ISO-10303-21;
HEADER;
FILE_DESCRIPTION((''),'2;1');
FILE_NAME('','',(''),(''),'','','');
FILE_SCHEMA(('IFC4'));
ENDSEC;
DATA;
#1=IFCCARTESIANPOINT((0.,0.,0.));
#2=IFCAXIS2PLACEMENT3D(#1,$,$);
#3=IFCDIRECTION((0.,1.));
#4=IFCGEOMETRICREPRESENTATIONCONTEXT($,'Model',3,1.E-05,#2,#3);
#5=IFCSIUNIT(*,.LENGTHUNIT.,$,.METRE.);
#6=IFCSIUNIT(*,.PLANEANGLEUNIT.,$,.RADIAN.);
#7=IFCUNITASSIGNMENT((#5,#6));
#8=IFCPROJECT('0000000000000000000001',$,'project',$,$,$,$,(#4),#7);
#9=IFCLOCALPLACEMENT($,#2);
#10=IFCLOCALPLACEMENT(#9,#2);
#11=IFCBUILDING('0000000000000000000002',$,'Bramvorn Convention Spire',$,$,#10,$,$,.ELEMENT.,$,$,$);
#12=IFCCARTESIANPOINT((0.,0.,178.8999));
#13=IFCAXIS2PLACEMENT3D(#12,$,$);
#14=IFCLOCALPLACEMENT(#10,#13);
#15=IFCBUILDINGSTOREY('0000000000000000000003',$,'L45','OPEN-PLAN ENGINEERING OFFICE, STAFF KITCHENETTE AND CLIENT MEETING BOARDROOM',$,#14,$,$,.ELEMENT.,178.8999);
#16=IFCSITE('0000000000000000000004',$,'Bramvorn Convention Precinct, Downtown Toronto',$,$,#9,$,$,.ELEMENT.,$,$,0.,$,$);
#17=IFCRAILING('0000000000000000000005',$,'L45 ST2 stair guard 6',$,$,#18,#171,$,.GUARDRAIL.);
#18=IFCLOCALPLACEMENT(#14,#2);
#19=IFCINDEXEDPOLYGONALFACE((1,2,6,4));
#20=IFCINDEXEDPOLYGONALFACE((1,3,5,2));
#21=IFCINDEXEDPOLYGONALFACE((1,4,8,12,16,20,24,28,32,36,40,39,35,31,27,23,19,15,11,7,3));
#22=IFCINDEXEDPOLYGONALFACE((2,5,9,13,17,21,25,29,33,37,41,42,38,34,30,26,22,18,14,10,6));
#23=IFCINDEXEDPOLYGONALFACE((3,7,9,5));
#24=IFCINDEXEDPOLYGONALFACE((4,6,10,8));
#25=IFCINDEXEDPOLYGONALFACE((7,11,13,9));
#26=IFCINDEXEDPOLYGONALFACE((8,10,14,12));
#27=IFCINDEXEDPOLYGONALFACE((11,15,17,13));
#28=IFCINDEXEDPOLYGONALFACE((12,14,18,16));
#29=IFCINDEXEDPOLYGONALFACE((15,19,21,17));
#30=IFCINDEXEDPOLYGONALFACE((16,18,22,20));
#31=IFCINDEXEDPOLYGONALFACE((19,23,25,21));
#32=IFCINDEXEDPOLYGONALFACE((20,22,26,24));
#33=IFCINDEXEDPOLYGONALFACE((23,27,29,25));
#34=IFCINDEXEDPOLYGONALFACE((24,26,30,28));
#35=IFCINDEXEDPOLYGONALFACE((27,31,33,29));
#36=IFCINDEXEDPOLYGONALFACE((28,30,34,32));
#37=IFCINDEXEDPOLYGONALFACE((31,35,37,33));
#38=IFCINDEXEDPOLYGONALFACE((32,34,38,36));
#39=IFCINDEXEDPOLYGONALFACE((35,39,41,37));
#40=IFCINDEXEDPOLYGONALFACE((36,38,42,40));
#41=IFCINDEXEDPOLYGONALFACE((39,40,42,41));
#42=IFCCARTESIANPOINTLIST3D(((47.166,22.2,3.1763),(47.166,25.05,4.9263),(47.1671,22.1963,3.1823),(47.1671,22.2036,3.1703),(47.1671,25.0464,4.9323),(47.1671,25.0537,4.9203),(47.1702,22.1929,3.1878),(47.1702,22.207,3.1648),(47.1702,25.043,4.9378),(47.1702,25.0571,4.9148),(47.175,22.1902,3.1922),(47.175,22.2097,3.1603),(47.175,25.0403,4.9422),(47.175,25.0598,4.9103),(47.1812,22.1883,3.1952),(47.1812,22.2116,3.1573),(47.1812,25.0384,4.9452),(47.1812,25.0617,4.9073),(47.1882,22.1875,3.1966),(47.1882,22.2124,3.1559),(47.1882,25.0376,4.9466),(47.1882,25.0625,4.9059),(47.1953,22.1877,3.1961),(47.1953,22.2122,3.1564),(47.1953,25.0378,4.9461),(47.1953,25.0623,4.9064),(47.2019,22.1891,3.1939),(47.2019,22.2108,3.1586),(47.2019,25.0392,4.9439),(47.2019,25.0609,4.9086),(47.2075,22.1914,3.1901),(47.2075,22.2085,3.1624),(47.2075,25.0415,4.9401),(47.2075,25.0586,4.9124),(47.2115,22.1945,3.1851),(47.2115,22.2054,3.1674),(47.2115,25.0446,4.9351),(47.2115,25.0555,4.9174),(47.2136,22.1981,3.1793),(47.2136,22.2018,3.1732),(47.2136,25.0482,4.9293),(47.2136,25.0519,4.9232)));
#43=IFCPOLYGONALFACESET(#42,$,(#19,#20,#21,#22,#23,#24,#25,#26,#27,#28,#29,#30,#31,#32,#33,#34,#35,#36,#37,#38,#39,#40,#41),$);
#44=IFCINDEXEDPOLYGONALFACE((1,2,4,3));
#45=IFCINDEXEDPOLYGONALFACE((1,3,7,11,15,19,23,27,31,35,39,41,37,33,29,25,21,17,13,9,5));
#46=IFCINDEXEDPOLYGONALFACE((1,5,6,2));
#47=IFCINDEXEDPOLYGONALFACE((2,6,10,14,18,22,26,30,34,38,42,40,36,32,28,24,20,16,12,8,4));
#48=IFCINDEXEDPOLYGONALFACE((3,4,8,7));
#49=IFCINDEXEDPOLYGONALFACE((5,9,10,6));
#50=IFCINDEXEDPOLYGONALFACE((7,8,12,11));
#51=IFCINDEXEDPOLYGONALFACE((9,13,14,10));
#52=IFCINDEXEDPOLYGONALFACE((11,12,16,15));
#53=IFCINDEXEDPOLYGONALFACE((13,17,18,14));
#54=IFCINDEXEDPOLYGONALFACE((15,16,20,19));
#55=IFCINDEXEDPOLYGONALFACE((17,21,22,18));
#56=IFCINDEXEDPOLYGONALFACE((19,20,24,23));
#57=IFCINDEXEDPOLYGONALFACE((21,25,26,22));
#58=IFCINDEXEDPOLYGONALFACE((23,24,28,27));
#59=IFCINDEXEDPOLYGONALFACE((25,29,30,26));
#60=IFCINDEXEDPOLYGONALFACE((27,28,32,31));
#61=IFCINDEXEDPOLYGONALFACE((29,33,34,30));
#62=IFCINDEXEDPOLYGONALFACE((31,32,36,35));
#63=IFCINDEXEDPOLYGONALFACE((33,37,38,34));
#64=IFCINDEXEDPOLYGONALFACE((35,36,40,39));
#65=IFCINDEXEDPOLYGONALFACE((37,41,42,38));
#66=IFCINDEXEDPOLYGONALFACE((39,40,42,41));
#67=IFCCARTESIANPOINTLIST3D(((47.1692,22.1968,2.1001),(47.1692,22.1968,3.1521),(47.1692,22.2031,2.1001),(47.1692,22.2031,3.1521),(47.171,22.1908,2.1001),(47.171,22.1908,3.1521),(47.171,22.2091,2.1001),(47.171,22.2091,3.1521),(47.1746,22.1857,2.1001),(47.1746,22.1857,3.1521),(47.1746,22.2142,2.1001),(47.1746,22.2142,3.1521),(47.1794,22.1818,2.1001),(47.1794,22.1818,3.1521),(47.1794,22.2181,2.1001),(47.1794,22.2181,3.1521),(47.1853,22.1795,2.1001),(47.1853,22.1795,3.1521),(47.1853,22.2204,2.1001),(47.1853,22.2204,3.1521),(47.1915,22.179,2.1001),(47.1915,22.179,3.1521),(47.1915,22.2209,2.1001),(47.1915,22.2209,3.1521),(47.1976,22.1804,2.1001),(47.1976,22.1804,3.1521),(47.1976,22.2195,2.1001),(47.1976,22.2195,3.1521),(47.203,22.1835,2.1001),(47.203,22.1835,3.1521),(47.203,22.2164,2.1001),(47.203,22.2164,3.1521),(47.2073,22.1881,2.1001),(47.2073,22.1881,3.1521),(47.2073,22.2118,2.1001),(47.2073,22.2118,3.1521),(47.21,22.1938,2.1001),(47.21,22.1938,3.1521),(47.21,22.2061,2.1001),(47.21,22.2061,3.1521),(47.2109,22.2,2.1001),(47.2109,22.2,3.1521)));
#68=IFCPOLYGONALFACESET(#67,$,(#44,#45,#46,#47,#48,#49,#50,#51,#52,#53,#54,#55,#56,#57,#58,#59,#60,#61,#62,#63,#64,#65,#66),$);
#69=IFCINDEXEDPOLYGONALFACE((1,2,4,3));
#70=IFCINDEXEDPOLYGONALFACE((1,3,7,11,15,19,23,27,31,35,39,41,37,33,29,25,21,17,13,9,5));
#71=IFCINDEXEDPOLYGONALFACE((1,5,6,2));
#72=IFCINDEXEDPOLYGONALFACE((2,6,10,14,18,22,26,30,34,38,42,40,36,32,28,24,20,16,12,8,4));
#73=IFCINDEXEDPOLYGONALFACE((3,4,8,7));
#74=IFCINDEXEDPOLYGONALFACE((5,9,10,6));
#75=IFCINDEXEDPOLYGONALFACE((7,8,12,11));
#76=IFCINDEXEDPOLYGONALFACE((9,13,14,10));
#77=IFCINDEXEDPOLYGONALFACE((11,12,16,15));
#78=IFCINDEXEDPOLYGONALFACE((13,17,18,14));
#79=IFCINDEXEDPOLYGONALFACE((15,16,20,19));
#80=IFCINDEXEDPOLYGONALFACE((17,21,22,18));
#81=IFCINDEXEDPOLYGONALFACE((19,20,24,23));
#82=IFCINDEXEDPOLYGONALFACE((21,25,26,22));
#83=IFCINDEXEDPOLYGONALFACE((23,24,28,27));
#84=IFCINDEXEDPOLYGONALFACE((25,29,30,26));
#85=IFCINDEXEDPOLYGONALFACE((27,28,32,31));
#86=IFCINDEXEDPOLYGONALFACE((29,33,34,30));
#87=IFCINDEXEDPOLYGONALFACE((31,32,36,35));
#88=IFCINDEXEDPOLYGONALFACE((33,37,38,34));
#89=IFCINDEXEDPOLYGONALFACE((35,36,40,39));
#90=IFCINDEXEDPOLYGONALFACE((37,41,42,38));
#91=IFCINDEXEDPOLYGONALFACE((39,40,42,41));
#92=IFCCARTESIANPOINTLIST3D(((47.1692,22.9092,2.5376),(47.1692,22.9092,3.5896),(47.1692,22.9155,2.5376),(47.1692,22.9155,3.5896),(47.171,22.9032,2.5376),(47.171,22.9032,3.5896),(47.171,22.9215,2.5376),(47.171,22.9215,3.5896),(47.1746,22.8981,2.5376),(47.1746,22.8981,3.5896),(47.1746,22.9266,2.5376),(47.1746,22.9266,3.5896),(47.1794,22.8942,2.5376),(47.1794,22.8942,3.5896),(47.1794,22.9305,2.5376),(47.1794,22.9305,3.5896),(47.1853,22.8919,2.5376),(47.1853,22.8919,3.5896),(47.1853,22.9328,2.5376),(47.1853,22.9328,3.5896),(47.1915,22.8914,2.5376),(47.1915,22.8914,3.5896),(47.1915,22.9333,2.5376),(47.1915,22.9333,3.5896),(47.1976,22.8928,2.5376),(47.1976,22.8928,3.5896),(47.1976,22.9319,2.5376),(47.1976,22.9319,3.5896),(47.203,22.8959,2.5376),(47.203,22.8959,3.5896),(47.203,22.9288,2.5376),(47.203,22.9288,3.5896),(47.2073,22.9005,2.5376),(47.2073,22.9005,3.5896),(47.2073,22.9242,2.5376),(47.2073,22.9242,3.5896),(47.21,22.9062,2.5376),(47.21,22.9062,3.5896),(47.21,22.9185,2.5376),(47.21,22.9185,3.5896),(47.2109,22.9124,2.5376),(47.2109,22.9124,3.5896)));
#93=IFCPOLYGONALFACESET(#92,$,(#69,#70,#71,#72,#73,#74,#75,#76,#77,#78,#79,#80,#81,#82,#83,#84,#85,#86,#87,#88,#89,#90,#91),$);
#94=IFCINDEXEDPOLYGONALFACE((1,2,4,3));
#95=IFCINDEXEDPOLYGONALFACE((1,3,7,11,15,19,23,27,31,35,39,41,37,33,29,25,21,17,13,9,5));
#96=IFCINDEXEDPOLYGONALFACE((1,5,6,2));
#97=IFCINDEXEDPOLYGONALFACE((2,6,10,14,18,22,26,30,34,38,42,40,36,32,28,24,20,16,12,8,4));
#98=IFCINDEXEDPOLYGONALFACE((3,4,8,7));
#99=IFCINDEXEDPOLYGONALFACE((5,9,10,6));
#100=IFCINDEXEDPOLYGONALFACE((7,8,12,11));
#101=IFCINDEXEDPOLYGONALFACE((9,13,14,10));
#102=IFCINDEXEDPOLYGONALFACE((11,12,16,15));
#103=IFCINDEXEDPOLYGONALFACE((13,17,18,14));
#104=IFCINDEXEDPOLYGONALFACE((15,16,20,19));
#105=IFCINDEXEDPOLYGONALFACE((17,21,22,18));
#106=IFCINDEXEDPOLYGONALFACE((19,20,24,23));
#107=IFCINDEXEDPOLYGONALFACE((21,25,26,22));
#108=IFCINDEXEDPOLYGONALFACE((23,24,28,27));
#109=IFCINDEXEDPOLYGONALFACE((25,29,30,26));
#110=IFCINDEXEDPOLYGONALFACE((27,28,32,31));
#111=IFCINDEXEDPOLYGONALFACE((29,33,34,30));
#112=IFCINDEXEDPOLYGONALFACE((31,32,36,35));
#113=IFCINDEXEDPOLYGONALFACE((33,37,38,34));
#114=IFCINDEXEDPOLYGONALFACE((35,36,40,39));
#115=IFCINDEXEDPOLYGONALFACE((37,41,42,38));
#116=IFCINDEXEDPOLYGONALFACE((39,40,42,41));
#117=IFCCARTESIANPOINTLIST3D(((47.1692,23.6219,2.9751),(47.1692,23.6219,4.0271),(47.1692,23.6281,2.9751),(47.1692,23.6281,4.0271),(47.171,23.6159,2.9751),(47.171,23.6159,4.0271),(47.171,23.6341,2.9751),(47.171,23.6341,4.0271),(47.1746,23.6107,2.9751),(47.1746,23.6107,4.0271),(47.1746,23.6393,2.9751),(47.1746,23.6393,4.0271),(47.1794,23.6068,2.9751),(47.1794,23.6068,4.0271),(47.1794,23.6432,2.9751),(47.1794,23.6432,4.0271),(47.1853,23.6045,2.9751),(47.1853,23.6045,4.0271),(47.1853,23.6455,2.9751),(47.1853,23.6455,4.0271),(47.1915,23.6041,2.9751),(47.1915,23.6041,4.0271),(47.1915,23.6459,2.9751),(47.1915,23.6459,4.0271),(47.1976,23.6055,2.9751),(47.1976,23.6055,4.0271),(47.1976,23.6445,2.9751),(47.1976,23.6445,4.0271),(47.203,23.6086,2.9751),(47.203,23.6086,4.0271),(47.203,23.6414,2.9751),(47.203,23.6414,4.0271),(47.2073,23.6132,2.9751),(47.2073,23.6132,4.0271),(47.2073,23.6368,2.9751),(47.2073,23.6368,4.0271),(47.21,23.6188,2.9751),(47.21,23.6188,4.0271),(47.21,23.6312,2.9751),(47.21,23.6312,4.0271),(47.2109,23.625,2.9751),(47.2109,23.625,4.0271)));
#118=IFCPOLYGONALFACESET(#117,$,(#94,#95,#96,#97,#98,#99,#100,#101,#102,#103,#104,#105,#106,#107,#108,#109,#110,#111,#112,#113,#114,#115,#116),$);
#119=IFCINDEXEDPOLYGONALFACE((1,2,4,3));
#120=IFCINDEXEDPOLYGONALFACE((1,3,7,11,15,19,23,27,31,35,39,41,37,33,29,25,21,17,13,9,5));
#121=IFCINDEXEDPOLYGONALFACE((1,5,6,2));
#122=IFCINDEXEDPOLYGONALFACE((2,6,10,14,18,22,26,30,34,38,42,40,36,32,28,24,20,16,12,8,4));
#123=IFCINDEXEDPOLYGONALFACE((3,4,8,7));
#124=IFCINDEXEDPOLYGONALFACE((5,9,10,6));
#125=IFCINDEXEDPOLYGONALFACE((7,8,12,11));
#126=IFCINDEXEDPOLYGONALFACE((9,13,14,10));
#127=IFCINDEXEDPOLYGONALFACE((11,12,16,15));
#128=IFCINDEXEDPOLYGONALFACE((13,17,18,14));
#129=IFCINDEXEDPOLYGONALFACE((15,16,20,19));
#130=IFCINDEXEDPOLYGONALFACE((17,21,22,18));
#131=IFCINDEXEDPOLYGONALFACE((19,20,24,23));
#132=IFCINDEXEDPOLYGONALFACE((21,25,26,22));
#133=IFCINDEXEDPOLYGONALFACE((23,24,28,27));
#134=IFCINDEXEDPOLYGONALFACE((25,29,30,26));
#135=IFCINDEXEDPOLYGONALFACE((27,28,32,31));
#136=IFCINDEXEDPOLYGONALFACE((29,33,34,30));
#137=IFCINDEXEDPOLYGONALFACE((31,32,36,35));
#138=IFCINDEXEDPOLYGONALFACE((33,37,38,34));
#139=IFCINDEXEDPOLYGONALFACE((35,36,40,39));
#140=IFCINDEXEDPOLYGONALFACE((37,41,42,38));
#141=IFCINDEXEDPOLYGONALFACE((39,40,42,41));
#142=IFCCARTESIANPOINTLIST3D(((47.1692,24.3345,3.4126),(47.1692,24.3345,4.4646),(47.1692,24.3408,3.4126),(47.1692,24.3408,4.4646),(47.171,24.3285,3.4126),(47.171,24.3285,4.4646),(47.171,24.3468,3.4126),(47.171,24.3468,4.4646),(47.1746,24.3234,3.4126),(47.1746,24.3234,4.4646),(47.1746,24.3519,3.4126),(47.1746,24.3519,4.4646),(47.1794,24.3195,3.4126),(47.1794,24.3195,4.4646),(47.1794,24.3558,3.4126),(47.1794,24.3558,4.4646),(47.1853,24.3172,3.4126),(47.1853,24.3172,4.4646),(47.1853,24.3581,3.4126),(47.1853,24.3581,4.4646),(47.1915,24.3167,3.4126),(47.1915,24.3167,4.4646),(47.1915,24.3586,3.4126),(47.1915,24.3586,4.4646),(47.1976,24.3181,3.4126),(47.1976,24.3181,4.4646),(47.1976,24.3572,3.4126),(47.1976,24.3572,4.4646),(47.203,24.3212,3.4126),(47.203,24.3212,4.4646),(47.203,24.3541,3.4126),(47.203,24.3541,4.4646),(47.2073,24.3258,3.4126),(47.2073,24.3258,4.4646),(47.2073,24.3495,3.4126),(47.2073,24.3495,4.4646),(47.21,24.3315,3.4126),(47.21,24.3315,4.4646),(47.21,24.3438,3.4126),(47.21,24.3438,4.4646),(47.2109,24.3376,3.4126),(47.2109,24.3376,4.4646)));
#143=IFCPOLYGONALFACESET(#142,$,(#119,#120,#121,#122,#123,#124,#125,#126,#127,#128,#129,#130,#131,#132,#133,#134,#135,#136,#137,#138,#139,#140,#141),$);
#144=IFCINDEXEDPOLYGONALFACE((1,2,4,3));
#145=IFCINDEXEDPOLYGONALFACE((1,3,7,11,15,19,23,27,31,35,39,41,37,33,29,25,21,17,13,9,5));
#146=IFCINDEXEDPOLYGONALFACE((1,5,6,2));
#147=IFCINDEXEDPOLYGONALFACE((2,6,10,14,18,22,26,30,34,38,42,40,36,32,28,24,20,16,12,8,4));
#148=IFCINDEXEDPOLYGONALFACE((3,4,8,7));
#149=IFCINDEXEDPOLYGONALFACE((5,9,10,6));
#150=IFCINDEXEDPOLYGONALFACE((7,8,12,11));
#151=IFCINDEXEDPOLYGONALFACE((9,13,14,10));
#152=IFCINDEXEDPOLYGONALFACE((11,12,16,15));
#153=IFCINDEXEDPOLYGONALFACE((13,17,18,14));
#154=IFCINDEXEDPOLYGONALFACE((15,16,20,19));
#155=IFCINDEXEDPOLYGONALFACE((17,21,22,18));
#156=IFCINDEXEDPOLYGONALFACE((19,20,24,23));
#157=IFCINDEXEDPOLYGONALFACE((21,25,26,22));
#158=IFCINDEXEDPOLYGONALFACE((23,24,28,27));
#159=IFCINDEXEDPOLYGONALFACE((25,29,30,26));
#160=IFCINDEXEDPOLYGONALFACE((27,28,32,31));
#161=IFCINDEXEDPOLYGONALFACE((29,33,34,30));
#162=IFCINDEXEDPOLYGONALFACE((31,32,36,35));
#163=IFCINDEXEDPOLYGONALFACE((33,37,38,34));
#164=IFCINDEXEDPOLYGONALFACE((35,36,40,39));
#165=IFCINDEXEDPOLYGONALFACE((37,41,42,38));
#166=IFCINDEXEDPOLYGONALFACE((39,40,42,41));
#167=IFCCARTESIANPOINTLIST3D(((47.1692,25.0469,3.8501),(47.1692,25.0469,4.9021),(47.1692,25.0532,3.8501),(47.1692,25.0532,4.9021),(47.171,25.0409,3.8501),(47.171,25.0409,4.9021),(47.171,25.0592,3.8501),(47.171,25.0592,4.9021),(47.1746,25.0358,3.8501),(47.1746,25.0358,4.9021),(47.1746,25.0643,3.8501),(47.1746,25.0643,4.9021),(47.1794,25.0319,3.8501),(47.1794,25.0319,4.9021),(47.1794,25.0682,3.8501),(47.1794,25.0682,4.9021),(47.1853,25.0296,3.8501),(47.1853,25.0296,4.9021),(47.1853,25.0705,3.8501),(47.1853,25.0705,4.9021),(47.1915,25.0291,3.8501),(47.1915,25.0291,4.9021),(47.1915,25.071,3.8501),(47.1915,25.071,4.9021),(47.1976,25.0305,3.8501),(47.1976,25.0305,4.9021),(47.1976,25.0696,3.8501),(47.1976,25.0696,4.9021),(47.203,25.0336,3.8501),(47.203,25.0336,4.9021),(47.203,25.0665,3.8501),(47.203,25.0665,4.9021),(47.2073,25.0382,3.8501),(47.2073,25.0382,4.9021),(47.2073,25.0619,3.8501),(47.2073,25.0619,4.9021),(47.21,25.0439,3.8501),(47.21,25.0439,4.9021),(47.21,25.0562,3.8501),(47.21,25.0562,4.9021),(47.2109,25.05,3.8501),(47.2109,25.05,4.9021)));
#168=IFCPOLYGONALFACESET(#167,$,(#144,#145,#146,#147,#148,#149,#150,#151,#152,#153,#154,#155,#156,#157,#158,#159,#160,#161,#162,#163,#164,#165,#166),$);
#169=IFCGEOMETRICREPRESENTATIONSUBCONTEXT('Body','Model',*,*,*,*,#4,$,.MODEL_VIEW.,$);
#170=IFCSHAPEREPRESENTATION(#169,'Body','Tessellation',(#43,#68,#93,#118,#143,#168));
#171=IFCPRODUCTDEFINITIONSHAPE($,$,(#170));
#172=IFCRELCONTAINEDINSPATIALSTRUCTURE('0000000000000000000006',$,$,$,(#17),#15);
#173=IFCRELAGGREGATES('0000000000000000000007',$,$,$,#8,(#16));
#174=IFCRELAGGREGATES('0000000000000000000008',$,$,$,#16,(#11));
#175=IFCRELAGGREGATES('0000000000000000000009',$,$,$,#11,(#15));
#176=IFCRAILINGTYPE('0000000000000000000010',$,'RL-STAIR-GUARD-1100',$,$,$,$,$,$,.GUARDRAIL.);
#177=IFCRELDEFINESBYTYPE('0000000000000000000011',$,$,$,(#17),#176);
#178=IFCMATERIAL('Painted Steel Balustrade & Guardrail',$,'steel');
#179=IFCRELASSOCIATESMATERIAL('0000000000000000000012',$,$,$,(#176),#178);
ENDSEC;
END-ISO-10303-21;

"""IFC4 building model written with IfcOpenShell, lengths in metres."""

from ifc_helpers import new_model, si_unit, direction, frame, origin, origin_2d, place, context, subcontext, project, spatial, circle, extrude, material, type_object, element, save


model = new_model("IFC4")

# Units and contexts
model_context = context("Model", 3, precision=1e-05, world=origin(), true_north=direction((0.0, 1.0)))
body_context = subcontext(model_context, "Body", "Model", "MODEL_VIEW")
ifc_project = project(units=[si_unit("LENGTHUNIT", "METRE"), si_unit("PLANEANGLEUNIT", "RADIAN")], contexts=[model_context])

# Site, building, storey
site_placement = place(None, origin())
site = spatial("IfcSite", under=ifc_project, at=site_placement, Name="Bramvorn Convention Precinct, Downtown Toronto", CompositionType="ELEMENT", RefElevation=0.0)
building_placement = place(site_placement, origin())
building = spatial("IfcBuilding", under=site, at=building_placement, Name="Bramvorn Convention Spire", CompositionType="ELEMENT")
storey_placement = place(building_placement, frame((0.0, 0.0, 178.8999)))
storey = spatial("IfcBuildingStorey", under=building, at=storey_placement, Name="L45", Description="OPEN-PLAN ENGINEERING OFFICE, STAFF KITCHENETTE AND CLIENT MEETING BOARDROOM", CompositionType="ELEMENT", Elevation=178.8999)

# Railing
ifc_material_1 = material(Name="Painted Steel Balustrade & Guardrail", Category="steel")
railing_type = type_object("IfcRailingType", Name="RL-STAIR-GUARD-1100", PredefinedType="GUARDRAIL", material=ifc_material_1)
railing_1_placement = place(storey_placement, frame((47.1899, 22.2, 2.1001)))
element("IfcRailing", 1, at=railing_1_placement, inside=storey, type_object=railing_type, Name="L45 ST2 stair guard 6", PredefinedType="GUARDRAIL", context=body_context, shape_type="SweptSolid", body=[
    extrude(circle(Radius=0.0239, at=origin_2d()), frame((0.0, 0.0, 1.0762), z_axis=(0.0, 0.852179, 0.52325), x_axis=(-1.0, 0.0, 0.0)), (0.0, 0.0, 1.0), 3.3445),
    extrude(circle(Radius=0.021, at=origin_2d()), origin(), (0.0, 0.0, 1.0), 1.052),
    extrude(circle(Radius=0.021, at=origin_2d()), frame((0.0, 0.7124, 0.4375)), (0.0, 0.0, 1.0), 1.052),
    extrude(circle(Radius=0.021, at=origin_2d()), frame((0.0, 1.425, 0.875)), (0.0, 0.0, 1.0), 1.052),
    extrude(circle(Radius=0.021, at=origin_2d()), frame((0.0, 2.1377, 1.3125)), (0.0, 0.0, 1.0), 1.052),
    extrude(circle(Radius=0.021, at=origin_2d()), frame((0.0, 2.8501, 1.75)), (0.0, 0.0, 1.0), 1.052),
])

save(model, "model.ifc")
